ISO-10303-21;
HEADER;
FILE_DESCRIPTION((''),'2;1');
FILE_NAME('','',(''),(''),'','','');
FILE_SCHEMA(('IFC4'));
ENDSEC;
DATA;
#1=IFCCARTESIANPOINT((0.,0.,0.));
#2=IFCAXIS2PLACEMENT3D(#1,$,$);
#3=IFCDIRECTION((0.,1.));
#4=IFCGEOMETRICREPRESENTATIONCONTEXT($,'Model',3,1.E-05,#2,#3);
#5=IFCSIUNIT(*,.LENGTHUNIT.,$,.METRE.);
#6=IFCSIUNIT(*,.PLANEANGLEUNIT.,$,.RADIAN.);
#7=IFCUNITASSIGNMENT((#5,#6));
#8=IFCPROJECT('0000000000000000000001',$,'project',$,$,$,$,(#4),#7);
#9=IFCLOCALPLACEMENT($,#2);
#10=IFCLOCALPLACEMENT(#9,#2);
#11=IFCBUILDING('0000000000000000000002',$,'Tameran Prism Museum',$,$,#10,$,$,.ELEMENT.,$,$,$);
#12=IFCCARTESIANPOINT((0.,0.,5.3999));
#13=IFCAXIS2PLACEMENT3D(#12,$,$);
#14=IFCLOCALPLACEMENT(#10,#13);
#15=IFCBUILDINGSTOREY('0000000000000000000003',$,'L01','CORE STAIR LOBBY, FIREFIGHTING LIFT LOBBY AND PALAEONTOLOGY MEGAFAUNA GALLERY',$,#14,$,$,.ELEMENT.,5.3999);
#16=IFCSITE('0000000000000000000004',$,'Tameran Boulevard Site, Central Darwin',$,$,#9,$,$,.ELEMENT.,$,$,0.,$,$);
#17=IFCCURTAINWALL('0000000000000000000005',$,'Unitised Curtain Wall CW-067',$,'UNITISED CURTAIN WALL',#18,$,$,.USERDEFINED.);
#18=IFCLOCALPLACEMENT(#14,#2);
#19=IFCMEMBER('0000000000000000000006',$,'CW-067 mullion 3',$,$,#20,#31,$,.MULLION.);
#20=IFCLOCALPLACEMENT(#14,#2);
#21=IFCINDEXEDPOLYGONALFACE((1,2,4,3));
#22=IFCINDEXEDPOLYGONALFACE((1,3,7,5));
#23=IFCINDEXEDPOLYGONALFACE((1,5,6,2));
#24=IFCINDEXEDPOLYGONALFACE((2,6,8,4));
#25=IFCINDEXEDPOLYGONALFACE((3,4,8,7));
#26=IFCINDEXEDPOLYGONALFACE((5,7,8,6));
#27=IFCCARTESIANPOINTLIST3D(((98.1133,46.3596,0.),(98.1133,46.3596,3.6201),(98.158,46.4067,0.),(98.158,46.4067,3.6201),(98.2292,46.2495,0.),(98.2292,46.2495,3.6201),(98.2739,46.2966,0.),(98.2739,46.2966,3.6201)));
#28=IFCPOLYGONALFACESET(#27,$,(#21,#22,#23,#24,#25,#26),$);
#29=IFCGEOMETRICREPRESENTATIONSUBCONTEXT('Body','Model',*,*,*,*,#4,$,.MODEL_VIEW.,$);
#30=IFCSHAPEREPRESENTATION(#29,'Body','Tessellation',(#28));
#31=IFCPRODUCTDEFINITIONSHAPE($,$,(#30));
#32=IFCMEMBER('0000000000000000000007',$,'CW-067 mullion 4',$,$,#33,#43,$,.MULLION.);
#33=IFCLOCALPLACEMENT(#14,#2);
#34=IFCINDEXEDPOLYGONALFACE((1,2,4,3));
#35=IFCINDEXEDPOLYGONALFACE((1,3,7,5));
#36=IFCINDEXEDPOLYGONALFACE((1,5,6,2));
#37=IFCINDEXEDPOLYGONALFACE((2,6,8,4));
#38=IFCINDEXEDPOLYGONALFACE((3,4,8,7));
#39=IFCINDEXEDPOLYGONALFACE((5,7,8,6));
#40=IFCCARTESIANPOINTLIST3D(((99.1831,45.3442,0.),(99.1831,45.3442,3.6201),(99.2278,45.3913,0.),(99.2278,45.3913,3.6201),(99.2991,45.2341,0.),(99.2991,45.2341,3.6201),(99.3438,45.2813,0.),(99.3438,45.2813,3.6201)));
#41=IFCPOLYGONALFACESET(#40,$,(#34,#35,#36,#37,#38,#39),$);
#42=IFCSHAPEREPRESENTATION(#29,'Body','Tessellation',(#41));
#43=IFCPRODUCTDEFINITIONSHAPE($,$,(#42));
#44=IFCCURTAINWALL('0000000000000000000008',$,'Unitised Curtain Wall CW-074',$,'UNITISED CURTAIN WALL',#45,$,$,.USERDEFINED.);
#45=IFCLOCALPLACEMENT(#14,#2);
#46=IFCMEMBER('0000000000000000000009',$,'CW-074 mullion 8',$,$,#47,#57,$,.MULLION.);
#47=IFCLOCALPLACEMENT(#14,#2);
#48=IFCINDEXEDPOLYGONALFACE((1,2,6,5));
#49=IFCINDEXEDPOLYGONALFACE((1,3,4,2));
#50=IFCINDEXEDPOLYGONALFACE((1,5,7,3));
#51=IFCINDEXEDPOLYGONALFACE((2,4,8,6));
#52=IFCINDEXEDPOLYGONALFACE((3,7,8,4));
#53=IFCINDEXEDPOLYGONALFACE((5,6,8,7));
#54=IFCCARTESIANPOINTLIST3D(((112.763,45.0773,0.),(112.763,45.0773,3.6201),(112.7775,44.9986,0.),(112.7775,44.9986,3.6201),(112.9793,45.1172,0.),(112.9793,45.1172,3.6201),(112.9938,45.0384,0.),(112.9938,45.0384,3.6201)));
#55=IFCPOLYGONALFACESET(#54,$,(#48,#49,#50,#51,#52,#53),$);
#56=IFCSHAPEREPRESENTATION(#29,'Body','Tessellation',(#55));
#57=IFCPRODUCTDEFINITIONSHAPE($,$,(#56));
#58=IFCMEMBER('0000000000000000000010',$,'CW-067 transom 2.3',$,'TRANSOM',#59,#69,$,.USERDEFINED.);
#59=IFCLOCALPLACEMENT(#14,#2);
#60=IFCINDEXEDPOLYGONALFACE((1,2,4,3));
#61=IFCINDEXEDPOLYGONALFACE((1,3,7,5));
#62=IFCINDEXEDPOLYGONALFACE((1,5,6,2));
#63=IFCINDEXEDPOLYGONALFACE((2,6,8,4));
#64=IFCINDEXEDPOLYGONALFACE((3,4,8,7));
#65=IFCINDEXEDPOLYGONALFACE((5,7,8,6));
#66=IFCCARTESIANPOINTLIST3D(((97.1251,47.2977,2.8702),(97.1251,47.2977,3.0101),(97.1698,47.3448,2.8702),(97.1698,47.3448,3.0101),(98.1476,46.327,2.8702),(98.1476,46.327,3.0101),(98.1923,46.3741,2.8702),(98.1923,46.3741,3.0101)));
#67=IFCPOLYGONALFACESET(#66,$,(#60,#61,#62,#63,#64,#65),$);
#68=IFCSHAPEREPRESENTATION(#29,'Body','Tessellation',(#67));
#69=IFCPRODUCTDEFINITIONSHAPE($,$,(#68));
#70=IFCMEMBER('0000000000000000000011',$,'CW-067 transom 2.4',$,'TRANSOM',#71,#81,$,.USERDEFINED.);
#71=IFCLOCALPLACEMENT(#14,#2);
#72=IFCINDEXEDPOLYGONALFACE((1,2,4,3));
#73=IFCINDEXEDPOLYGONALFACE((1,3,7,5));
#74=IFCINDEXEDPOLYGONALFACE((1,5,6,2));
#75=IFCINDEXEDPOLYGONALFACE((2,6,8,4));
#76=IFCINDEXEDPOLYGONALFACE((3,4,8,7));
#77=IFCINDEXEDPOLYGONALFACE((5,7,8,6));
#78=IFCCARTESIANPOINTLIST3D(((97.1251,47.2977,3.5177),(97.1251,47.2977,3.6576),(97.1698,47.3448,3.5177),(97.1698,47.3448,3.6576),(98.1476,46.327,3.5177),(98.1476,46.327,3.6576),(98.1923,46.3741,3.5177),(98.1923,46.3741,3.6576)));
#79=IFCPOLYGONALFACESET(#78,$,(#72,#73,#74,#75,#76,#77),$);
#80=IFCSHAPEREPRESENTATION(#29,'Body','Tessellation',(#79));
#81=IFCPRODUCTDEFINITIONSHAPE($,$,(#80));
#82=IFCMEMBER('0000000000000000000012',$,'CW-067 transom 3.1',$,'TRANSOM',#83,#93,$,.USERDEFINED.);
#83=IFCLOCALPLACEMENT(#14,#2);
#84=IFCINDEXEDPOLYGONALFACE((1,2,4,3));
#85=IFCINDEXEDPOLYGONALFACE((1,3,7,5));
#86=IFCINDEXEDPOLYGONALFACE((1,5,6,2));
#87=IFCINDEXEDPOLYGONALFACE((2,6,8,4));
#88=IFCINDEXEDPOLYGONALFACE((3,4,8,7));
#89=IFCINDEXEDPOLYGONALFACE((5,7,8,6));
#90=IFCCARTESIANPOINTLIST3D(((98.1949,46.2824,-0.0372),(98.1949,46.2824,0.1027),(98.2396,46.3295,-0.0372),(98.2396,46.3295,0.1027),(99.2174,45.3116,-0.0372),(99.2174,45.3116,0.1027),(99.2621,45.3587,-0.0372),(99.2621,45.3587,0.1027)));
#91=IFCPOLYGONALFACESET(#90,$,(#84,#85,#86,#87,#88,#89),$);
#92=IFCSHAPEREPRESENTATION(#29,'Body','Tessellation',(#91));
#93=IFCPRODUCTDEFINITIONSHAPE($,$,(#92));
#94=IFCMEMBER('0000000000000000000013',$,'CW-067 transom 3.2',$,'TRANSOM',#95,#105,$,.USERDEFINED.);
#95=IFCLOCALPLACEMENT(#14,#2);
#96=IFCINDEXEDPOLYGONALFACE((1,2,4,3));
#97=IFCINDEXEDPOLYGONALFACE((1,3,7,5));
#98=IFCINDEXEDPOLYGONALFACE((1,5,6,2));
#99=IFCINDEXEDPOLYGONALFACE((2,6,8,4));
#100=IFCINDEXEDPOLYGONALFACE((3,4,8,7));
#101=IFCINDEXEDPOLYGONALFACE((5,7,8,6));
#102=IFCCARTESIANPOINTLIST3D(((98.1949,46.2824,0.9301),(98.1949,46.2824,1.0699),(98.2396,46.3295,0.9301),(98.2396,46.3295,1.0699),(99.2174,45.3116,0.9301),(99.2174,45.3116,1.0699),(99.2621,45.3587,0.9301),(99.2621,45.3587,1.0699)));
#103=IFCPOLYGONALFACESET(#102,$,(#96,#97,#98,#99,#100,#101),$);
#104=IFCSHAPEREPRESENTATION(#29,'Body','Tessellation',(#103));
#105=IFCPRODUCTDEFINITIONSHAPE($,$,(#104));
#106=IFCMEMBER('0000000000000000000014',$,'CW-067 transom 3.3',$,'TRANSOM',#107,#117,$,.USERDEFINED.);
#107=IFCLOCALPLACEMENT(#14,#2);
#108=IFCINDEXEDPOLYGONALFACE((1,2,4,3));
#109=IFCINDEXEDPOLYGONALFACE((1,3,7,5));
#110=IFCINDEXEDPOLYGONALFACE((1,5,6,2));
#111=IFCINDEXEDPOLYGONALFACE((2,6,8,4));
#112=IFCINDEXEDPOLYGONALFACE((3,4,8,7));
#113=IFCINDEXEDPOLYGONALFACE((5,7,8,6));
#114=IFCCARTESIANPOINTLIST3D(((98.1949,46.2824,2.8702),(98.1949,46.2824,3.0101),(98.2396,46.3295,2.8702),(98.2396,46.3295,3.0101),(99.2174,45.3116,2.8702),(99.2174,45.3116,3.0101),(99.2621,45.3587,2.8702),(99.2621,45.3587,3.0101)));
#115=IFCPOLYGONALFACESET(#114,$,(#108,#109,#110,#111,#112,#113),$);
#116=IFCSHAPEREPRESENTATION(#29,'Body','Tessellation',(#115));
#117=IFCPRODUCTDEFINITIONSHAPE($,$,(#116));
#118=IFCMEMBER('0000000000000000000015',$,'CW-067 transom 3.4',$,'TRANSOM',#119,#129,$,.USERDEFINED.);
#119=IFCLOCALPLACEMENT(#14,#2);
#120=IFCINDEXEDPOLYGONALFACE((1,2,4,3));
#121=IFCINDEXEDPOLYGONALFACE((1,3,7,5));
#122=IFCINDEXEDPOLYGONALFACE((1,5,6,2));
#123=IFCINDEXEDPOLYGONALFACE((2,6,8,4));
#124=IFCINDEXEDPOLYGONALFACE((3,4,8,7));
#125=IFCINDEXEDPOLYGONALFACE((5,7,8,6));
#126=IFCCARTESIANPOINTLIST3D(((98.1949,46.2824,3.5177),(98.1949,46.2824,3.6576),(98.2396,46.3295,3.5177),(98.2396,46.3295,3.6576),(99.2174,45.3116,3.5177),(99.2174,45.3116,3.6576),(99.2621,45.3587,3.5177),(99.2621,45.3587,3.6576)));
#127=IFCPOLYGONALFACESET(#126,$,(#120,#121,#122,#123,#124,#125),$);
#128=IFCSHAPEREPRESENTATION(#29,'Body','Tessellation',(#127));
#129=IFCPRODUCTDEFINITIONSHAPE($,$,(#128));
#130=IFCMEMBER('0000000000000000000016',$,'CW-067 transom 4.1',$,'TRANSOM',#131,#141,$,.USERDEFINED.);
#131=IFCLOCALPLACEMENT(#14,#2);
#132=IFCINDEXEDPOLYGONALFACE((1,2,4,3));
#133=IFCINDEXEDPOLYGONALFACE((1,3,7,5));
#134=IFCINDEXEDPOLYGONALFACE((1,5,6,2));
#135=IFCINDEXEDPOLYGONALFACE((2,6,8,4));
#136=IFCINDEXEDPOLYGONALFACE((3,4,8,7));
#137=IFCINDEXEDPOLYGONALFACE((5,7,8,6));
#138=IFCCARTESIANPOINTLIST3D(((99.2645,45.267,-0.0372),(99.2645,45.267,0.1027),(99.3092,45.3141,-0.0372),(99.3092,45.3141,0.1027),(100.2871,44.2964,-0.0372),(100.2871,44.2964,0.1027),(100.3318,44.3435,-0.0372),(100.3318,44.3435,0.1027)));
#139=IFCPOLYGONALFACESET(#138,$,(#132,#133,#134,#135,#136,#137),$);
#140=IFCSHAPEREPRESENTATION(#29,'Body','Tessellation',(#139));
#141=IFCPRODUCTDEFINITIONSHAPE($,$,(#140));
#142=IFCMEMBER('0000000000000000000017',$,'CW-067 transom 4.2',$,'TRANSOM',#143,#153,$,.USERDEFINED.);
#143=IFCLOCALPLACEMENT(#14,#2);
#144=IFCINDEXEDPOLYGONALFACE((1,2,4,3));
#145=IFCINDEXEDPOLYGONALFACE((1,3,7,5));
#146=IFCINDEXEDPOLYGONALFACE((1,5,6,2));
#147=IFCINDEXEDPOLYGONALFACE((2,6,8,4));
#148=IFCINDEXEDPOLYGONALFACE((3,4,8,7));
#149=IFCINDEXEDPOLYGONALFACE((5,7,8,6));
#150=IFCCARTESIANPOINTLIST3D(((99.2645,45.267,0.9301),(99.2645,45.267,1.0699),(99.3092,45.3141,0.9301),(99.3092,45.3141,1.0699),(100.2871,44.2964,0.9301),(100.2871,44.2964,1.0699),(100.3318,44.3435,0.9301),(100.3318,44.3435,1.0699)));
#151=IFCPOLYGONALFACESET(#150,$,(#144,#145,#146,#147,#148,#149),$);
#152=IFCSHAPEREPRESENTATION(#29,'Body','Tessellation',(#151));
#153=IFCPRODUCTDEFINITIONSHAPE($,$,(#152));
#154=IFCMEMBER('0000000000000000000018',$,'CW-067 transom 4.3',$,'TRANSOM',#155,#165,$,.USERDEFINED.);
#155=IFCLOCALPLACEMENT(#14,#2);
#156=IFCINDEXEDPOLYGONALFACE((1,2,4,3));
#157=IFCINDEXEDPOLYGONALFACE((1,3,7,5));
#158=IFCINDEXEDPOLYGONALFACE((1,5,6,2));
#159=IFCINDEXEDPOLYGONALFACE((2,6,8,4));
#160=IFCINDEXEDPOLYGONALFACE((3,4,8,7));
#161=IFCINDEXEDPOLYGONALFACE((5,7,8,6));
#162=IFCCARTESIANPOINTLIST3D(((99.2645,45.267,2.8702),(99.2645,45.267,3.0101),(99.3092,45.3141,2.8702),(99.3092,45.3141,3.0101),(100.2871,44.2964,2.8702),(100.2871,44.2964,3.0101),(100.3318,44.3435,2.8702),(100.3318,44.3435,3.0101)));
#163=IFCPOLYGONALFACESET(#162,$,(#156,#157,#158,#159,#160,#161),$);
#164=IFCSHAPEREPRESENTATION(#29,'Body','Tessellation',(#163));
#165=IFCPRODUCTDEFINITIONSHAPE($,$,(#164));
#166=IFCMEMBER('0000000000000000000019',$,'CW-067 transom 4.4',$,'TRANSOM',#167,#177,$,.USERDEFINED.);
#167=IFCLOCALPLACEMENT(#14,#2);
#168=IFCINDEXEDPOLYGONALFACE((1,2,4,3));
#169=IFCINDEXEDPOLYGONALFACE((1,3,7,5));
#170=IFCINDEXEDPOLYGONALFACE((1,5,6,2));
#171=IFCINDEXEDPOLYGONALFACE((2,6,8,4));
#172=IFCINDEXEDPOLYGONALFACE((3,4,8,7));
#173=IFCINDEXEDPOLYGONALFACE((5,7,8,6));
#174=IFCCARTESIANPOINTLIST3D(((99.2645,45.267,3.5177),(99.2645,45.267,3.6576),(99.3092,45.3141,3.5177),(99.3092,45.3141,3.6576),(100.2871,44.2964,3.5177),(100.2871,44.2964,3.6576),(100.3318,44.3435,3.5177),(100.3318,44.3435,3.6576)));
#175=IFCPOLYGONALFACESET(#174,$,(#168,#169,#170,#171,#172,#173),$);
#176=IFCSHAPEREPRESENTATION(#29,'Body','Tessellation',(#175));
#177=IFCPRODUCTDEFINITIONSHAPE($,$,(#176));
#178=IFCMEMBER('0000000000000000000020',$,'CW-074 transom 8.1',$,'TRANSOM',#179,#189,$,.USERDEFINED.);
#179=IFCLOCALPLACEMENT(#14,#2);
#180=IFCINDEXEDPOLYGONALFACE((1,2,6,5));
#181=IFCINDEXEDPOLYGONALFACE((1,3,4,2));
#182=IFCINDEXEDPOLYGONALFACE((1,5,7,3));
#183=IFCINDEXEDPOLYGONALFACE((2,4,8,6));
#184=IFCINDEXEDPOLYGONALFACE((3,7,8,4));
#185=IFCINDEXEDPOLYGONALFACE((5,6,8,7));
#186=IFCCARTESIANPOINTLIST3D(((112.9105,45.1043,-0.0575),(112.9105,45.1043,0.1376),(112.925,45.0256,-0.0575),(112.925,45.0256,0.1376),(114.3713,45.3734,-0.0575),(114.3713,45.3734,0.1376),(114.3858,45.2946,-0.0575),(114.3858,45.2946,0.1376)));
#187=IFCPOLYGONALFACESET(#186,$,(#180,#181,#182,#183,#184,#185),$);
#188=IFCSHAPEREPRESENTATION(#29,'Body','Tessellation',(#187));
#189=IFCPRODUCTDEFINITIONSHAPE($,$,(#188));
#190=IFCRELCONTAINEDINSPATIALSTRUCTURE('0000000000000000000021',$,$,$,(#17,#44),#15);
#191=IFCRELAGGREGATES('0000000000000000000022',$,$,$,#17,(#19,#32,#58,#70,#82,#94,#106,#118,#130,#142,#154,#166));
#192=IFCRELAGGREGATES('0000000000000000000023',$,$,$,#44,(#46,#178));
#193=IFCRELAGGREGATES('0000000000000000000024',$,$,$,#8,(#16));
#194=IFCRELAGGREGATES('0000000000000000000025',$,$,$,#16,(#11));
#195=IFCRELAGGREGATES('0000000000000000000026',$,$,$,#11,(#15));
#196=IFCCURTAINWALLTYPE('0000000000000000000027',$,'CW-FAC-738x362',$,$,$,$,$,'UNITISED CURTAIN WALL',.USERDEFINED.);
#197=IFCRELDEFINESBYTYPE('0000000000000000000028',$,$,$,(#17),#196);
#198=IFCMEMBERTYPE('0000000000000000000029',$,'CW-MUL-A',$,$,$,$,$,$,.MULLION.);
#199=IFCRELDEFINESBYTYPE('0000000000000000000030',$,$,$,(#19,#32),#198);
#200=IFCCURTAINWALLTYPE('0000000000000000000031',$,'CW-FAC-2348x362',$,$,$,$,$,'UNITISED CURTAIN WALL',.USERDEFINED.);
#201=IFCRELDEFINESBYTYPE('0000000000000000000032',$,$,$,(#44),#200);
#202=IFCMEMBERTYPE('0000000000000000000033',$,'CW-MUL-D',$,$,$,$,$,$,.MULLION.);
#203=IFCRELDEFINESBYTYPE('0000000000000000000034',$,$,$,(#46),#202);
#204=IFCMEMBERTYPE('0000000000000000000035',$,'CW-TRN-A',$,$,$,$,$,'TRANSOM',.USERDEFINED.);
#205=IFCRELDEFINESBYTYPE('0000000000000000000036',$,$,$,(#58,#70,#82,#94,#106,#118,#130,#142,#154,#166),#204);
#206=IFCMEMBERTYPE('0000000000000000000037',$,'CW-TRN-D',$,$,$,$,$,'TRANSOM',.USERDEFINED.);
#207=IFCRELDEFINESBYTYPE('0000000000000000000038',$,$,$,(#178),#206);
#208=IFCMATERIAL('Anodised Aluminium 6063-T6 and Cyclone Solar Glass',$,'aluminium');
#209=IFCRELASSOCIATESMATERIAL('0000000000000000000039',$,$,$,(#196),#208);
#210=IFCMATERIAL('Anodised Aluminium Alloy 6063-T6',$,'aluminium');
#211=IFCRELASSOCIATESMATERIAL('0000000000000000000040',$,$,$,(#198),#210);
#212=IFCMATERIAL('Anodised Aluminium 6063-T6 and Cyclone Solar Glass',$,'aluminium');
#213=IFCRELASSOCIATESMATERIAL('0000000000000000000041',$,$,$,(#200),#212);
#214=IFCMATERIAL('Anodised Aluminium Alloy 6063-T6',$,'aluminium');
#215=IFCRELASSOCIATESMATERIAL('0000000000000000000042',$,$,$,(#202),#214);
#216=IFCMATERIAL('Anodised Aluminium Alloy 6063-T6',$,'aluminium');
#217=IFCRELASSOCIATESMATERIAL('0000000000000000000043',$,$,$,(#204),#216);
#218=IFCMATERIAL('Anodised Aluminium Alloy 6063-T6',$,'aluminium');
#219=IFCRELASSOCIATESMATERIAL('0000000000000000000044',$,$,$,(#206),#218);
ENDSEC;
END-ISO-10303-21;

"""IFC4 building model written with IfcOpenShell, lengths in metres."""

from ifc_helpers import new_model, si_unit, direction, frame, origin, origin_2d, place, context, subcontext, project, spatial, rectangle, extrude, material, material_profile, profile_set, type_object, element, aggregate, save


model = new_model("IFC4")

# Units and contexts
model_context = context("Model", 3, precision=1e-05, world=origin(), true_north=direction((0.0, 1.0)))
body_context = subcontext(model_context, "Body", "Model", "MODEL_VIEW")
ifc_project = project(units=[si_unit("LENGTHUNIT", "METRE"), si_unit("PLANEANGLEUNIT", "RADIAN")], contexts=[model_context])

# Site, building, storey
site_placement = place(None, origin())
site = spatial("IfcSite", under=ifc_project, at=site_placement, Name="Tameran Boulevard Site, Central Darwin", CompositionType="ELEMENT", RefElevation=0.0)
building_placement = place(site_placement, origin())
building = spatial("IfcBuilding", under=site, at=building_placement, Name="Tameran Prism Museum", CompositionType="ELEMENT")
storey_placement = place(building_placement, frame((0.0, 0.0, 5.3999)))
storey = spatial("IfcBuildingStorey", under=building, at=storey_placement, Name="L01", Description="CORE STAIR LOBBY, FIREFIGHTING LIFT LOBBY AND PALAEONTOLOGY MEGAFAUNA GALLERY", CompositionType="ELEMENT", Elevation=5.3999)

# Curtain wall, members
ifc_material_1 = material(Name="Anodised Aluminium 6063-T6 and Cyclone Solar Glass", Category="aluminium")
curtain_wall_type_1 = type_object("IfcCurtainWallType", Name="CW-FAC-738x362", ElementType="UNITISED CURTAIN WALL", PredefinedType="USERDEFINED", material=ifc_material_1)
curtain_wall_1_placement = place(storey_placement, origin())
curtain_wall_1 = element("IfcCurtainWall", 1, at=curtain_wall_1_placement, inside=storey, type_object=curtain_wall_type_1, Name="Unitised Curtain Wall CW-067", ObjectType="UNITISED CURTAIN WALL", PredefinedType="USERDEFINED")
ifc_material_2 = material(Name="Anodised Aluminium Alloy 6063-T6", Category="aluminium")
ifc_material_profile_1 = material_profile(ifc_material_2, rectangle(XDim=0.0649, YDim=0.1599, at=origin_2d()))
ifc_profile_set_1 = profile_set([ifc_material_profile_1])
member_type_1 = type_object("IfcMemberType", Name="CW-MUL-A", PredefinedType="MULLION", material=ifc_profile_set_1)
member_1_placement = place(storey_placement, frame((98.1936, 46.3281, 0.0), z_axis=(0.0, 0.0, 1.0), x_axis=(0.688425, 0.725307, 0.0)))
member_1 = element("IfcMember", 2, at=member_1_placement, type_object=member_type_1, Name="CW-067 mullion 3", PredefinedType="MULLION", context=body_context, shape_type="SweptSolid", body=[
    extrude(rectangle(XDim=0.0649, YDim=0.1599, at=origin_2d()), origin(), (0.0, 0.0, 1.0), 3.6201),
])
member_2_placement = place(storey_placement, frame((99.2634, 45.3127, 0.0), z_axis=(0.0, 0.0, 1.0), x_axis=(0.688425, 0.725307, 0.0)))
member_2 = element("IfcMember", 3, at=member_2_placement, type_object=member_type_1, Name="CW-067 mullion 4", PredefinedType="MULLION", context=body_context, shape_type="SweptSolid", body=[
    extrude(rectangle(XDim=0.0649, YDim=0.1599, at=origin_2d()), origin(), (0.0, 0.0, 1.0), 3.6201),
])

# Curtain wall, member
ifc_material_3 = material(Name="Anodised Aluminium 6063-T6 and Cyclone Solar Glass", Category="aluminium")
curtain_wall_type_2 = type_object("IfcCurtainWallType", Name="CW-FAC-2348x362", ElementType="UNITISED CURTAIN WALL", PredefinedType="USERDEFINED", material=ifc_material_3)
curtain_wall_2_placement = place(storey_placement, origin())
curtain_wall_2 = element("IfcCurtainWall", 4, at=curtain_wall_2_placement, inside=storey, type_object=curtain_wall_type_2, Name="Unitised Curtain Wall CW-074", ObjectType="UNITISED CURTAIN WALL", PredefinedType="USERDEFINED")
ifc_material_4 = material(Name="Anodised Aluminium Alloy 6063-T6", Category="aluminium")
ifc_material_profile_2 = material_profile(ifc_material_4, rectangle(XDim=0.0801, YDim=0.22, at=origin_2d()))
ifc_profile_set_2 = profile_set([ifc_material_profile_2])
member_type_2 = type_object("IfcMemberType", Name="CW-MUL-D", PredefinedType="MULLION", material=ifc_profile_set_2)
member_3_placement = place(storey_placement, frame((112.8784, 45.0579, 0.0), z_axis=(0.0, 0.0, 1.0), x_axis=(-0.181063, 0.983472, 0.0)))
member_3 = element("IfcMember", 5, at=member_3_placement, type_object=member_type_2, Name="CW-074 mullion 8", PredefinedType="MULLION", context=body_context, shape_type="SweptSolid", body=[
    extrude(rectangle(XDim=0.0801, YDim=0.22, at=origin_2d()), origin(), (0.0, 0.0, 1.0), 3.6201),
])

# Members
ifc_material_5 = material(Name="Anodised Aluminium Alloy 6063-T6", Category="aluminium")
ifc_material_profile_3 = material_profile(ifc_material_5, rectangle(XDim=0.0649, YDim=0.1399, at=origin_2d()))
ifc_profile_set_3 = profile_set([ifc_material_profile_3])
member_type_3 = type_object("IfcMemberType", Name="CW-TRN-A", ElementType="TRANSOM", PredefinedType="USERDEFINED", material=ifc_profile_set_3)
member_4_placement = place(storey_placement, frame((97.1475, 47.3213, 2.9402), z_axis=(0.725224, -0.688513, 0.0), x_axis=(0.688513, 0.725224, 0.0)))
member_4 = element("IfcMember", 6, at=member_4_placement, type_object=member_type_3, Name="CW-067 transom 2.3", ObjectType="TRANSOM", PredefinedType="USERDEFINED", context=body_context, shape_type="SweptSolid", body=[
    extrude(rectangle(XDim=0.0649, YDim=0.1399, at=origin_2d()), origin(), (0.0, 0.0, 1.0), 1.4099),
])
member_5_placement = place(storey_placement, frame((97.1475, 47.3213, 3.5876), z_axis=(0.725224, -0.688513, 0.0), x_axis=(0.688513, 0.725224, 0.0)))
member_5 = element("IfcMember", 7, at=member_5_placement, type_object=member_type_3, Name="CW-067 transom 2.4", ObjectType="TRANSOM", PredefinedType="USERDEFINED", context=body_context, shape_type="SweptSolid", body=[
    extrude(rectangle(XDim=0.0649, YDim=0.1399, at=origin_2d()), origin(), (0.0, 0.0, 1.0), 1.4099),
])
member_6_placement = place(storey_placement, frame((98.2173, 46.3059, 0.0327), z_axis=(0.725224, -0.688513, 0.0), x_axis=(0.688513, 0.725224, 0.0)))
member_6 = element("IfcMember", 8, at=member_6_placement, type_object=member_type_3, Name="CW-067 transom 3.1", ObjectType="TRANSOM", PredefinedType="USERDEFINED", context=body_context, shape_type="SweptSolid", body=[
    extrude(rectangle(XDim=0.0649, YDim=0.1399, at=origin_2d()), origin(), (0.0, 0.0, 1.0), 1.4099),
])
member_7_placement = place(storey_placement, frame((98.2173, 46.3059, 1.0), z_axis=(0.725224, -0.688513, 0.0), x_axis=(0.688513, 0.725224, 0.0)))
member_7 = element("IfcMember", 9, at=member_7_placement, type_object=member_type_3, Name="CW-067 transom 3.2", ObjectType="TRANSOM", PredefinedType="USERDEFINED", context=body_context, shape_type="SweptSolid", body=[
    extrude(rectangle(XDim=0.0649, YDim=0.1399, at=origin_2d()), origin(), (0.0, 0.0, 1.0), 1.4099),
])
member_8_placement = place(storey_placement, frame((98.2173, 46.3059, 2.9402), z_axis=(0.725224, -0.688513, 0.0), x_axis=(0.688513, 0.725224, 0.0)))
member_8 = element("IfcMember", 10, at=member_8_placement, type_object=member_type_3, Name="CW-067 transom 3.3", ObjectType="TRANSOM", PredefinedType="USERDEFINED", context=body_context, shape_type="SweptSolid", body=[
    extrude(rectangle(XDim=0.0649, YDim=0.1399, at=origin_2d()), origin(), (0.0, 0.0, 1.0), 1.4099),
])
member_9_placement = place(storey_placement, frame((98.2173, 46.3059, 3.5876), z_axis=(0.725224, -0.688513, 0.0), x_axis=(0.688513, 0.725224, 0.0)))
member_9 = element("IfcMember", 11, at=member_9_placement, type_object=member_type_3, Name="CW-067 transom 3.4", ObjectType="TRANSOM", PredefinedType="USERDEFINED", context=body_context, shape_type="SweptSolid", body=[
    extrude(rectangle(XDim=0.0649, YDim=0.1399, at=origin_2d()), origin(), (0.0, 0.0, 1.0), 1.4099),
])
member_10_placement = place(storey_placement, frame((99.2869, 45.2905, 0.0327), z_axis=(0.725306, -0.688426, 0.0), x_axis=(0.688426, 0.725306, 0.0)))
member_10 = element("IfcMember", 12, at=member_10_placement, type_object=member_type_3, Name="CW-067 transom 4.1", ObjectType="TRANSOM", PredefinedType="USERDEFINED", context=body_context, shape_type="SweptSolid", body=[
    extrude(rectangle(XDim=0.0649, YDim=0.1399, at=origin_2d()), origin(), (0.0, 0.0, 1.0), 1.4099),
])
member_11_placement = place(storey_placement, frame((99.2869, 45.2905, 1.0), z_axis=(0.725306, -0.688426, 0.0), x_axis=(0.688426, 0.725306, 0.0)))
member_11 = element("IfcMember", 13, at=member_11_placement, type_object=member_type_3, Name="CW-067 transom 4.2", ObjectType="TRANSOM", PredefinedType="USERDEFINED", context=body_context, shape_type="SweptSolid", body=[
    extrude(rectangle(XDim=0.0649, YDim=0.1399, at=origin_2d()), origin(), (0.0, 0.0, 1.0), 1.4099),
])
member_12_placement = place(storey_placement, frame((99.2869, 45.2905, 2.9402), z_axis=(0.725306, -0.688426, 0.0), x_axis=(0.688426, 0.725306, 0.0)))
member_12 = element("IfcMember", 14, at=member_12_placement, type_object=member_type_3, Name="CW-067 transom 4.3", ObjectType="TRANSOM", PredefinedType="USERDEFINED", context=body_context, shape_type="SweptSolid", body=[
    extrude(rectangle(XDim=0.0649, YDim=0.1399, at=origin_2d()), origin(), (0.0, 0.0, 1.0), 1.4099),
])
member_13_placement = place(storey_placement, frame((99.2869, 45.2905, 3.5876), z_axis=(0.725306, -0.688426, 0.0), x_axis=(0.688426, 0.725306, 0.0)))
member_13 = element("IfcMember", 15, at=member_13_placement, type_object=member_type_3, Name="CW-067 transom 4.4", ObjectType="TRANSOM", PredefinedType="USERDEFINED", context=body_context, shape_type="SweptSolid", body=[
    extrude(rectangle(XDim=0.0649, YDim=0.1399, at=origin_2d()), origin(), (0.0, 0.0, 1.0), 1.4099),
])
ifc_material_6 = material(Name="Anodised Aluminium Alloy 6063-T6", Category="aluminium")
ifc_material_profile_4 = material_profile(ifc_material_6, rectangle(XDim=0.0801, YDim=0.1951, at=origin_2d()))
ifc_profile_set_4 = profile_set([ifc_material_profile_4])
member_type_4 = type_object("IfcMemberType", Name="CW-TRN-D", ElementType="TRANSOM", PredefinedType="USERDEFINED", material=ifc_profile_set_4)
member_14_placement = place(storey_placement, frame((112.9177, 45.0649, 0.04), z_axis=(0.983457, 0.181142, 0.0), x_axis=(-0.181142, 0.983457, 0.0)))
member_14 = element("IfcMember", 16, at=member_14_placement, type_object=member_type_4, Name="CW-074 transom 8.1", ObjectType="TRANSOM", PredefinedType="USERDEFINED", context=body_context, shape_type="SweptSolid", body=[
    extrude(rectangle(XDim=0.0801, YDim=0.1951, at=origin_2d()), origin(), (0.0, 0.0, 1.0), 1.4854),
])

aggregate(curtain_wall_1, [member_1, member_2, member_4, member_5, member_6, member_7, member_8, member_9, member_10, member_11, member_12, member_13])
aggregate(curtain_wall_2, [member_3, member_14])

save(model, "model.ifc")
